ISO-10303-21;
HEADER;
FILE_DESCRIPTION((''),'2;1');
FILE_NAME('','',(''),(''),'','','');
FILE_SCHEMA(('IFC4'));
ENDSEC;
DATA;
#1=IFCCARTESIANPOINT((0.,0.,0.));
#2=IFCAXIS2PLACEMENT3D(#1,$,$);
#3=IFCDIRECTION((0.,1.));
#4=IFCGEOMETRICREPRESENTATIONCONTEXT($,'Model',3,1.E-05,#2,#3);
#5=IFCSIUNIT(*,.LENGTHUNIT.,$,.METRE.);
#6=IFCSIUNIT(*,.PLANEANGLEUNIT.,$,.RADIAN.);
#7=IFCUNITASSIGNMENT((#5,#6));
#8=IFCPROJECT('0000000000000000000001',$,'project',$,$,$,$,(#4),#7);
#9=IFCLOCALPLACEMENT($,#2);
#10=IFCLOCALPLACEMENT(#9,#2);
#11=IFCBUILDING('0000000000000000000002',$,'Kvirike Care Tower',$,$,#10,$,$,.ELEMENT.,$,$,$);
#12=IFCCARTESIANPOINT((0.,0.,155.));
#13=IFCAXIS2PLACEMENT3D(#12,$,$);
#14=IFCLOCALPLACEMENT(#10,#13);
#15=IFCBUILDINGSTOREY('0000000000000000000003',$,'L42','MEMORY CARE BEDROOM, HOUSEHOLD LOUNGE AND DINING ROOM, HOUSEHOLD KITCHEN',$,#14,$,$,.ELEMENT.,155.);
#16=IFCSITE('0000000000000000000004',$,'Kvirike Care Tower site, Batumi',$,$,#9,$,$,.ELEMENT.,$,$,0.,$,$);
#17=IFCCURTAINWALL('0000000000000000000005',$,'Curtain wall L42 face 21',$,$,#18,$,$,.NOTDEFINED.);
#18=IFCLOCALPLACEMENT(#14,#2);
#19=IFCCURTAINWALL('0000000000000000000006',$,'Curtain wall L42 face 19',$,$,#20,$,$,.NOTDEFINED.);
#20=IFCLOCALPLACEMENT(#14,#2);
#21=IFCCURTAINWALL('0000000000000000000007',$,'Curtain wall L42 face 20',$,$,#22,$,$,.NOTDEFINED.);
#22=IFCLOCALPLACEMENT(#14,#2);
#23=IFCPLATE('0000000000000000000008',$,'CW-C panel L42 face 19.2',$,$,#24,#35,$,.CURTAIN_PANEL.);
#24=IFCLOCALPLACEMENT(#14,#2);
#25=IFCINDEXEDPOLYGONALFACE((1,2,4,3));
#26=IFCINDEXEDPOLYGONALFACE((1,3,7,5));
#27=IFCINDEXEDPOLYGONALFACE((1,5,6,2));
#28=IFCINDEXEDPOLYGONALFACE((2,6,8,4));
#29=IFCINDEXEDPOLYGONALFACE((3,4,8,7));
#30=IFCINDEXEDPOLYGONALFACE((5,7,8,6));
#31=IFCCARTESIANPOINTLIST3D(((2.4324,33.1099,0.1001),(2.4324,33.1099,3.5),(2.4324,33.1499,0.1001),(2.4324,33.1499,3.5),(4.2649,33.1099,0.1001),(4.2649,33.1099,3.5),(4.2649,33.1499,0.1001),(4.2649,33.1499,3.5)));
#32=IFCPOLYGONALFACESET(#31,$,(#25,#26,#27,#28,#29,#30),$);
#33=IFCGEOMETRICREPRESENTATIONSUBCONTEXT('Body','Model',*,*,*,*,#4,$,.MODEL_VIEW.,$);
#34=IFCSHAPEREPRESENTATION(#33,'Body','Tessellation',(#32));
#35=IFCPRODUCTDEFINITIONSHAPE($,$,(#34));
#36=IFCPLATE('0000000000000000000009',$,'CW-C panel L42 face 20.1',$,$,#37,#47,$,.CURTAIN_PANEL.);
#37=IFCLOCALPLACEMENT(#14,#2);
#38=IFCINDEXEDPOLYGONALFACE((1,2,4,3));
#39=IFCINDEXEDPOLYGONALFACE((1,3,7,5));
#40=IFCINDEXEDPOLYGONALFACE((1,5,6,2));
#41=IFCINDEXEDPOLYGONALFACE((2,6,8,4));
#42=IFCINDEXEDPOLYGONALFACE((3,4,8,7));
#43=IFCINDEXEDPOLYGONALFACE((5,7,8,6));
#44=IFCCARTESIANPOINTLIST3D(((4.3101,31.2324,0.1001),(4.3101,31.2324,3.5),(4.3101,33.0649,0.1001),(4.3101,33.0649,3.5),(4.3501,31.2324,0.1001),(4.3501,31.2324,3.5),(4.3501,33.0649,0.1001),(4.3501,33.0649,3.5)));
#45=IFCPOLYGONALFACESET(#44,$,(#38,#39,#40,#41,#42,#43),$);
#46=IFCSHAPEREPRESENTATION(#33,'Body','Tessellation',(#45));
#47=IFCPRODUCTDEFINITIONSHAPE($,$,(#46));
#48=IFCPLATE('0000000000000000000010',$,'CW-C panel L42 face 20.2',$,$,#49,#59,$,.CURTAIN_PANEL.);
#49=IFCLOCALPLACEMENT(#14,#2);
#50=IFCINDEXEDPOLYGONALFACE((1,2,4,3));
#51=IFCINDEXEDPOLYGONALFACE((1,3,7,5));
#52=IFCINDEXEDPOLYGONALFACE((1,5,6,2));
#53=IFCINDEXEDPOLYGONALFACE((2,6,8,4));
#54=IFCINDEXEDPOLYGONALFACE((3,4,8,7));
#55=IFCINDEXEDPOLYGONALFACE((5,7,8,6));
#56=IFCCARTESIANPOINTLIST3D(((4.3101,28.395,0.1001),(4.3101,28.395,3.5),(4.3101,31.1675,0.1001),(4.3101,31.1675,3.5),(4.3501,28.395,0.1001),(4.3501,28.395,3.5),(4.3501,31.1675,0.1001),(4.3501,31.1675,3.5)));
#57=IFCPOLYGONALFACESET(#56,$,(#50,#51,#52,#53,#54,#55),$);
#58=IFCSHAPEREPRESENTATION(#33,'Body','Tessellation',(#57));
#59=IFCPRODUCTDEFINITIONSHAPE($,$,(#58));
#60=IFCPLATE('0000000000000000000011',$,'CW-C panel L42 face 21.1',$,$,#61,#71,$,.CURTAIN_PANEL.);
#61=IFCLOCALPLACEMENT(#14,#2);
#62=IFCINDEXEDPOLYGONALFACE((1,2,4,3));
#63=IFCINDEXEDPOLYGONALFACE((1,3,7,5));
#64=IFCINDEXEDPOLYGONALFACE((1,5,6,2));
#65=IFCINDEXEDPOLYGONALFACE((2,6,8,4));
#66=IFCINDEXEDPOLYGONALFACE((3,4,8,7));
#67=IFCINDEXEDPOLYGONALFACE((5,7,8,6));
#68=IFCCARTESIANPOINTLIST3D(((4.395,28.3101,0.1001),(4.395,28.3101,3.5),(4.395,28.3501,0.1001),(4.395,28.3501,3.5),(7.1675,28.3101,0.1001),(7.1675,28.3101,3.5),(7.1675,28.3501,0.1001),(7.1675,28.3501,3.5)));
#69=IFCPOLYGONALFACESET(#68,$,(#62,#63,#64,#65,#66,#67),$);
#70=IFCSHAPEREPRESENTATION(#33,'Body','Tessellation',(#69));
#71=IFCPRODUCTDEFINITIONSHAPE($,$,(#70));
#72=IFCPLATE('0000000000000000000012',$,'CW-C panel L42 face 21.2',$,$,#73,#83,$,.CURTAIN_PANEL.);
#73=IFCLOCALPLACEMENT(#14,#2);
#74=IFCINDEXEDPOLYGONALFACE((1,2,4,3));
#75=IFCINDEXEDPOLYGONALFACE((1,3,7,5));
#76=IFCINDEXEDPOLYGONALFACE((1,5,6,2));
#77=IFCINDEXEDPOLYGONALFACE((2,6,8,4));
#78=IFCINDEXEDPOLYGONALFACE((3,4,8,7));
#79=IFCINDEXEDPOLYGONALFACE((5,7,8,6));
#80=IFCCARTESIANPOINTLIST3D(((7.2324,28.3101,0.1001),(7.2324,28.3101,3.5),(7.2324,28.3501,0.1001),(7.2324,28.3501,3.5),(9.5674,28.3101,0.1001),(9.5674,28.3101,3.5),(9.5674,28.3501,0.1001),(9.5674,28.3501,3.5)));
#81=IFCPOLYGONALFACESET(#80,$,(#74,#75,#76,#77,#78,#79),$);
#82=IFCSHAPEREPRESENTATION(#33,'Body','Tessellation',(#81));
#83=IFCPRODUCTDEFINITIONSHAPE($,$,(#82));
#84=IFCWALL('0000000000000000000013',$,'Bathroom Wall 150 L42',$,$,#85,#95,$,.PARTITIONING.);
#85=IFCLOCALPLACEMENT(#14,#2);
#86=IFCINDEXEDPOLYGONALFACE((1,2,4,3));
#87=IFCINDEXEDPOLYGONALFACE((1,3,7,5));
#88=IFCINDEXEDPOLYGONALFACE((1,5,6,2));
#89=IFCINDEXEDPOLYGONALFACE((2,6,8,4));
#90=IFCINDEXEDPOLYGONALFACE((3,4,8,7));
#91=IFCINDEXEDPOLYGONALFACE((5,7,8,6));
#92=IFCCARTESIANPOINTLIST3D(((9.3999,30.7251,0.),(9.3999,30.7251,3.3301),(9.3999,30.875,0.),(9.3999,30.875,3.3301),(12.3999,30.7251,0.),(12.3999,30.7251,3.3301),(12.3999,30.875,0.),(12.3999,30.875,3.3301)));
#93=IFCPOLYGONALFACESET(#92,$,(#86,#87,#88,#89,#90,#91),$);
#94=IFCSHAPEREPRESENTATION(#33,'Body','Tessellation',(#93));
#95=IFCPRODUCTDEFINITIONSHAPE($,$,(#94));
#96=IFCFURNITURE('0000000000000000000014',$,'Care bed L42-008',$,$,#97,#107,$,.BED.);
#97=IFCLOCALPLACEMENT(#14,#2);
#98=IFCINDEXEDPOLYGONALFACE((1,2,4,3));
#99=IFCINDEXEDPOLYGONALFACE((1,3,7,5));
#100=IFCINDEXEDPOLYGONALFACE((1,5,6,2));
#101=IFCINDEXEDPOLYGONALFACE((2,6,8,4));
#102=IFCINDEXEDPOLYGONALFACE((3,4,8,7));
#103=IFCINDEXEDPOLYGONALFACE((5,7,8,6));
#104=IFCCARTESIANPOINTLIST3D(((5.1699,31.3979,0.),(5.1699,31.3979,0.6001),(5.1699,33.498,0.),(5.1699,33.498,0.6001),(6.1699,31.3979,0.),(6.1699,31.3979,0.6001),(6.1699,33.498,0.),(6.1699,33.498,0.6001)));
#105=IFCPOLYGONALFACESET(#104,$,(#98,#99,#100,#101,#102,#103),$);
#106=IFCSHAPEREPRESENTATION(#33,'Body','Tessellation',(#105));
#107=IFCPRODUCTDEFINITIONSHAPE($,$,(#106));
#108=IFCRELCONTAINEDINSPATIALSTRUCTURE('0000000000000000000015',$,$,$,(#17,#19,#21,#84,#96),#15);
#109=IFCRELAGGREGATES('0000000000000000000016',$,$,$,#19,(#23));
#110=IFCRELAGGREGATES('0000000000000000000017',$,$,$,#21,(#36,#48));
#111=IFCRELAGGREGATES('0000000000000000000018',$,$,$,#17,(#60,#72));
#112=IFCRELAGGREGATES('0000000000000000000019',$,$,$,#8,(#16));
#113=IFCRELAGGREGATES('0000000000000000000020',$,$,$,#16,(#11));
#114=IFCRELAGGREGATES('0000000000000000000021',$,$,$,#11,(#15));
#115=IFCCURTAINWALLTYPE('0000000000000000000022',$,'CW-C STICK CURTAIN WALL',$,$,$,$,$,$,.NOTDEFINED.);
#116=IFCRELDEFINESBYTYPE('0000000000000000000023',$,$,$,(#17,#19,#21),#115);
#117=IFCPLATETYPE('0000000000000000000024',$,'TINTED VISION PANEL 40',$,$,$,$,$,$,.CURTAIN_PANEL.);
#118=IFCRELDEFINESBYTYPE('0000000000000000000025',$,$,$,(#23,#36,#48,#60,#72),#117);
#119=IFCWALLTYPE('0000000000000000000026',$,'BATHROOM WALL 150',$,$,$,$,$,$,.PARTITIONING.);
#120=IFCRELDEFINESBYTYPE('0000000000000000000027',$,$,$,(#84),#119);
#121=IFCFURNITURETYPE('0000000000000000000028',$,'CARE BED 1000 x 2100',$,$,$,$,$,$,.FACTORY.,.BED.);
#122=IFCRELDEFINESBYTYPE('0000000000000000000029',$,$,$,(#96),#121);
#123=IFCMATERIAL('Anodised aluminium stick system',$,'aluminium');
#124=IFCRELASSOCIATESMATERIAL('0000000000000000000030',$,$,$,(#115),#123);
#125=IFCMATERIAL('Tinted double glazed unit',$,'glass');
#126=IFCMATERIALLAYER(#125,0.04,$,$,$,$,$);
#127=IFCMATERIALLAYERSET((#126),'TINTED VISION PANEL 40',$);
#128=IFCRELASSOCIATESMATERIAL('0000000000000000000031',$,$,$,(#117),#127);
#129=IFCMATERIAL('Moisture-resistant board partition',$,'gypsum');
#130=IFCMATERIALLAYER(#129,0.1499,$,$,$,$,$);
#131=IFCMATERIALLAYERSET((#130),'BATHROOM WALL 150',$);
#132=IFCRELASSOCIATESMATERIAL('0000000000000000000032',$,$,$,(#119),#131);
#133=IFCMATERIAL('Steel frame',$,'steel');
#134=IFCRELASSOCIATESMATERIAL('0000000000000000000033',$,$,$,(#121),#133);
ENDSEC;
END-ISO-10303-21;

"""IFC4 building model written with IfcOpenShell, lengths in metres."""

from ifc_helpers import new_model, si_unit, direction, frame, frame_2d, origin, origin_2d, place, context, subcontext, project, spatial, rectangle, extrude, material, layer, layer_set, type_object, element, aggregate, save


model = new_model("IFC4")

# Units and contexts
model_context = context("Model", 3, precision=1e-05, world=origin(), true_north=direction((0.0, 1.0)))
body_context = subcontext(model_context, "Body", "Model", "MODEL_VIEW")
ifc_project = project(units=[si_unit("LENGTHUNIT", "METRE"), si_unit("PLANEANGLEUNIT", "RADIAN")], contexts=[model_context])

# Site, building, storey
site_placement = place(None, origin())
site = spatial("IfcSite", under=ifc_project, at=site_placement, Name="Kvirike Care Tower site, Batumi", CompositionType="ELEMENT", RefElevation=0.0)
building_placement = place(site_placement, origin())
building = spatial("IfcBuilding", under=site, at=building_placement, Name="Kvirike Care Tower", CompositionType="ELEMENT")
storey_placement = place(building_placement, frame((0.0, 0.0, 155.0)))
storey = spatial("IfcBuildingStorey", under=building, at=storey_placement, Name="L42", Description="MEMORY CARE BEDROOM, HOUSEHOLD LOUNGE AND DINING ROOM, HOUSEHOLD KITCHEN", CompositionType="ELEMENT", Elevation=155.0)

# Curtain wall
ifc_material_1 = material(Name="Anodised aluminium stick system", Category="aluminium")
curtain_wall_type = type_object("IfcCurtainWallType", Name="CW-C STICK CURTAIN WALL", PredefinedType="NOTDEFINED", material=ifc_material_1)
curtain_wall_1_placement = place(storey_placement, origin())
curtain_wall_1 = element("IfcCurtainWall", 1, at=curtain_wall_1_placement, inside=storey, type_object=curtain_wall_type, Name="Curtain wall L42 face 21", PredefinedType="NOTDEFINED")

# Curtain walls
curtain_wall_2_placement = place(storey_placement, origin())
curtain_wall_2 = element("IfcCurtainWall", 2, at=curtain_wall_2_placement, inside=storey, type_object=curtain_wall_type, Name="Curtain wall L42 face 19", PredefinedType="NOTDEFINED")
curtain_wall_3_placement = place(storey_placement, origin())
curtain_wall_3 = element("IfcCurtainWall", 3, at=curtain_wall_3_placement, inside=storey, type_object=curtain_wall_type, Name="Curtain wall L42 face 20", PredefinedType="NOTDEFINED")

# Plates
ifc_material_2 = material(Name="Tinted double glazed unit", Category="glass")
ifc_layer_1 = layer(ifc_material_2, 0.04)
ifc_layer_set_1 = layer_set([ifc_layer_1], Name="TINTED VISION PANEL 40")
plate_type = type_object("IfcPlateType", Name="TINTED VISION PANEL 40", PredefinedType="CURTAIN_PANEL", material=ifc_layer_set_1)
plate_1_placement = place(storey_placement, frame((3.3486, 33.1299, 0.1001), z_axis=(0.0, 0.0, 1.0), x_axis=(1.0, 0.0, 0.0)))
plate_1 = element("IfcPlate", 4, at=plate_1_placement, type_object=plate_type, Name="CW-C panel L42 face 19.2", PredefinedType="CURTAIN_PANEL", context=body_context, shape_type="SweptSolid", body=[
    extrude(rectangle(XDim=1.8325, YDim=0.04, at=origin_2d()), origin(), (0.0, 0.0, 1.0), 3.3999),
])
aggregate(curtain_wall_2, [plate_1])
plate_2_placement = place(storey_placement, frame((4.3301, 32.1487, 0.1001), z_axis=(0.0, 0.0, 1.0), x_axis=(0.0, -1.0, 0.0)))
plate_2 = element("IfcPlate", 5, at=plate_2_placement, type_object=plate_type, Name="CW-C panel L42 face 20.1", PredefinedType="CURTAIN_PANEL", context=body_context, shape_type="SweptSolid", body=[
    extrude(rectangle(XDim=1.8325, YDim=0.04, at=origin_2d()), origin(), (0.0, 0.0, 1.0), 3.3999),
])
plate_3_placement = place(storey_placement, frame((4.3301, 29.7812, 0.1001), z_axis=(0.0, 0.0, 1.0), x_axis=(0.0, -1.0, 0.0)))
plate_3 = element("IfcPlate", 6, at=plate_3_placement, type_object=plate_type, Name="CW-C panel L42 face 20.2", PredefinedType="CURTAIN_PANEL", context=body_context, shape_type="SweptSolid", body=[
    extrude(rectangle(XDim=2.7725, YDim=0.04, at=origin_2d()), origin(), (0.0, 0.0, 1.0), 3.3999),
])
aggregate(curtain_wall_3, [plate_2, plate_3])
plate_4_placement = place(storey_placement, frame((5.7812, 28.3301, 0.1001), z_axis=(0.0, 0.0, 1.0), x_axis=(1.0, 0.0, 0.0)))
plate_4 = element("IfcPlate", 7, at=plate_4_placement, type_object=plate_type, Name="CW-C panel L42 face 21.1", PredefinedType="CURTAIN_PANEL", context=body_context, shape_type="SweptSolid", body=[
    extrude(rectangle(XDim=2.7725, YDim=0.04, at=origin_2d()), origin(), (0.0, 0.0, 1.0), 3.3999),
])
plate_5_placement = place(storey_placement, frame((8.3999, 28.3301, 0.1001), z_axis=(0.0, 0.0, 1.0), x_axis=(1.0, 0.0, 0.0)))
plate_5 = element("IfcPlate", 8, at=plate_5_placement, type_object=plate_type, Name="CW-C panel L42 face 21.2", PredefinedType="CURTAIN_PANEL", context=body_context, shape_type="SweptSolid", body=[
    extrude(rectangle(XDim=2.335, YDim=0.04, at=origin_2d()), origin(), (0.0, 0.0, 1.0), 3.3999),
])
aggregate(curtain_wall_1, [plate_4, plate_5])

# Wall
ifc_material_3 = material(Name="Moisture-resistant board partition", Category="gypsum")
ifc_layer_2 = layer(ifc_material_3, 0.1499)
ifc_layer_set_2 = layer_set([ifc_layer_2], Name="BATHROOM WALL 150")
wall_type = type_object("IfcWallType", Name="BATHROOM WALL 150", PredefinedType="PARTITIONING", material=ifc_layer_set_2)
wall_placement = place(storey_placement, frame((9.3999, 30.8, 0.0), z_axis=(0.0, 0.0, 1.0), x_axis=(1.0, 0.0, 0.0)))
element("IfcWall", 9, at=wall_placement, inside=storey, type_object=wall_type, Name="Bathroom Wall 150 L42", PredefinedType="PARTITIONING", context=body_context, shape_type="SweptSolid", body=[
    extrude(rectangle(XDim=3.0, YDim=0.1499, at=frame_2d((1.5, 0.0))), origin(), (0.0, 0.0, 1.0), 3.3301),
])

# Furniture
ifc_material_4 = material(Name="Steel frame", Category="steel")
furniture_type = type_object("IfcFurnitureType", Name="CARE BED 1000 x 2100", AssemblyPlace="FACTORY", PredefinedType="BED", material=ifc_material_4)
furniture_placement = place(storey_placement, frame((5.6699, 32.448, 0.0), z_axis=(0.0, 0.0, 1.0), x_axis=(1.0, 0.0, 0.0)))
element("IfcFurniture", 10, at=furniture_placement, inside=storey, type_object=furniture_type, Name="Care bed L42-008", PredefinedType="BED", context=body_context, shape_type="SweptSolid", body=[
    extrude(rectangle(XDim=1.0, YDim=2.1001, at=origin_2d()), origin(), (0.0, 0.0, 1.0), 0.6001),
])

save(model, "model.ifc")
